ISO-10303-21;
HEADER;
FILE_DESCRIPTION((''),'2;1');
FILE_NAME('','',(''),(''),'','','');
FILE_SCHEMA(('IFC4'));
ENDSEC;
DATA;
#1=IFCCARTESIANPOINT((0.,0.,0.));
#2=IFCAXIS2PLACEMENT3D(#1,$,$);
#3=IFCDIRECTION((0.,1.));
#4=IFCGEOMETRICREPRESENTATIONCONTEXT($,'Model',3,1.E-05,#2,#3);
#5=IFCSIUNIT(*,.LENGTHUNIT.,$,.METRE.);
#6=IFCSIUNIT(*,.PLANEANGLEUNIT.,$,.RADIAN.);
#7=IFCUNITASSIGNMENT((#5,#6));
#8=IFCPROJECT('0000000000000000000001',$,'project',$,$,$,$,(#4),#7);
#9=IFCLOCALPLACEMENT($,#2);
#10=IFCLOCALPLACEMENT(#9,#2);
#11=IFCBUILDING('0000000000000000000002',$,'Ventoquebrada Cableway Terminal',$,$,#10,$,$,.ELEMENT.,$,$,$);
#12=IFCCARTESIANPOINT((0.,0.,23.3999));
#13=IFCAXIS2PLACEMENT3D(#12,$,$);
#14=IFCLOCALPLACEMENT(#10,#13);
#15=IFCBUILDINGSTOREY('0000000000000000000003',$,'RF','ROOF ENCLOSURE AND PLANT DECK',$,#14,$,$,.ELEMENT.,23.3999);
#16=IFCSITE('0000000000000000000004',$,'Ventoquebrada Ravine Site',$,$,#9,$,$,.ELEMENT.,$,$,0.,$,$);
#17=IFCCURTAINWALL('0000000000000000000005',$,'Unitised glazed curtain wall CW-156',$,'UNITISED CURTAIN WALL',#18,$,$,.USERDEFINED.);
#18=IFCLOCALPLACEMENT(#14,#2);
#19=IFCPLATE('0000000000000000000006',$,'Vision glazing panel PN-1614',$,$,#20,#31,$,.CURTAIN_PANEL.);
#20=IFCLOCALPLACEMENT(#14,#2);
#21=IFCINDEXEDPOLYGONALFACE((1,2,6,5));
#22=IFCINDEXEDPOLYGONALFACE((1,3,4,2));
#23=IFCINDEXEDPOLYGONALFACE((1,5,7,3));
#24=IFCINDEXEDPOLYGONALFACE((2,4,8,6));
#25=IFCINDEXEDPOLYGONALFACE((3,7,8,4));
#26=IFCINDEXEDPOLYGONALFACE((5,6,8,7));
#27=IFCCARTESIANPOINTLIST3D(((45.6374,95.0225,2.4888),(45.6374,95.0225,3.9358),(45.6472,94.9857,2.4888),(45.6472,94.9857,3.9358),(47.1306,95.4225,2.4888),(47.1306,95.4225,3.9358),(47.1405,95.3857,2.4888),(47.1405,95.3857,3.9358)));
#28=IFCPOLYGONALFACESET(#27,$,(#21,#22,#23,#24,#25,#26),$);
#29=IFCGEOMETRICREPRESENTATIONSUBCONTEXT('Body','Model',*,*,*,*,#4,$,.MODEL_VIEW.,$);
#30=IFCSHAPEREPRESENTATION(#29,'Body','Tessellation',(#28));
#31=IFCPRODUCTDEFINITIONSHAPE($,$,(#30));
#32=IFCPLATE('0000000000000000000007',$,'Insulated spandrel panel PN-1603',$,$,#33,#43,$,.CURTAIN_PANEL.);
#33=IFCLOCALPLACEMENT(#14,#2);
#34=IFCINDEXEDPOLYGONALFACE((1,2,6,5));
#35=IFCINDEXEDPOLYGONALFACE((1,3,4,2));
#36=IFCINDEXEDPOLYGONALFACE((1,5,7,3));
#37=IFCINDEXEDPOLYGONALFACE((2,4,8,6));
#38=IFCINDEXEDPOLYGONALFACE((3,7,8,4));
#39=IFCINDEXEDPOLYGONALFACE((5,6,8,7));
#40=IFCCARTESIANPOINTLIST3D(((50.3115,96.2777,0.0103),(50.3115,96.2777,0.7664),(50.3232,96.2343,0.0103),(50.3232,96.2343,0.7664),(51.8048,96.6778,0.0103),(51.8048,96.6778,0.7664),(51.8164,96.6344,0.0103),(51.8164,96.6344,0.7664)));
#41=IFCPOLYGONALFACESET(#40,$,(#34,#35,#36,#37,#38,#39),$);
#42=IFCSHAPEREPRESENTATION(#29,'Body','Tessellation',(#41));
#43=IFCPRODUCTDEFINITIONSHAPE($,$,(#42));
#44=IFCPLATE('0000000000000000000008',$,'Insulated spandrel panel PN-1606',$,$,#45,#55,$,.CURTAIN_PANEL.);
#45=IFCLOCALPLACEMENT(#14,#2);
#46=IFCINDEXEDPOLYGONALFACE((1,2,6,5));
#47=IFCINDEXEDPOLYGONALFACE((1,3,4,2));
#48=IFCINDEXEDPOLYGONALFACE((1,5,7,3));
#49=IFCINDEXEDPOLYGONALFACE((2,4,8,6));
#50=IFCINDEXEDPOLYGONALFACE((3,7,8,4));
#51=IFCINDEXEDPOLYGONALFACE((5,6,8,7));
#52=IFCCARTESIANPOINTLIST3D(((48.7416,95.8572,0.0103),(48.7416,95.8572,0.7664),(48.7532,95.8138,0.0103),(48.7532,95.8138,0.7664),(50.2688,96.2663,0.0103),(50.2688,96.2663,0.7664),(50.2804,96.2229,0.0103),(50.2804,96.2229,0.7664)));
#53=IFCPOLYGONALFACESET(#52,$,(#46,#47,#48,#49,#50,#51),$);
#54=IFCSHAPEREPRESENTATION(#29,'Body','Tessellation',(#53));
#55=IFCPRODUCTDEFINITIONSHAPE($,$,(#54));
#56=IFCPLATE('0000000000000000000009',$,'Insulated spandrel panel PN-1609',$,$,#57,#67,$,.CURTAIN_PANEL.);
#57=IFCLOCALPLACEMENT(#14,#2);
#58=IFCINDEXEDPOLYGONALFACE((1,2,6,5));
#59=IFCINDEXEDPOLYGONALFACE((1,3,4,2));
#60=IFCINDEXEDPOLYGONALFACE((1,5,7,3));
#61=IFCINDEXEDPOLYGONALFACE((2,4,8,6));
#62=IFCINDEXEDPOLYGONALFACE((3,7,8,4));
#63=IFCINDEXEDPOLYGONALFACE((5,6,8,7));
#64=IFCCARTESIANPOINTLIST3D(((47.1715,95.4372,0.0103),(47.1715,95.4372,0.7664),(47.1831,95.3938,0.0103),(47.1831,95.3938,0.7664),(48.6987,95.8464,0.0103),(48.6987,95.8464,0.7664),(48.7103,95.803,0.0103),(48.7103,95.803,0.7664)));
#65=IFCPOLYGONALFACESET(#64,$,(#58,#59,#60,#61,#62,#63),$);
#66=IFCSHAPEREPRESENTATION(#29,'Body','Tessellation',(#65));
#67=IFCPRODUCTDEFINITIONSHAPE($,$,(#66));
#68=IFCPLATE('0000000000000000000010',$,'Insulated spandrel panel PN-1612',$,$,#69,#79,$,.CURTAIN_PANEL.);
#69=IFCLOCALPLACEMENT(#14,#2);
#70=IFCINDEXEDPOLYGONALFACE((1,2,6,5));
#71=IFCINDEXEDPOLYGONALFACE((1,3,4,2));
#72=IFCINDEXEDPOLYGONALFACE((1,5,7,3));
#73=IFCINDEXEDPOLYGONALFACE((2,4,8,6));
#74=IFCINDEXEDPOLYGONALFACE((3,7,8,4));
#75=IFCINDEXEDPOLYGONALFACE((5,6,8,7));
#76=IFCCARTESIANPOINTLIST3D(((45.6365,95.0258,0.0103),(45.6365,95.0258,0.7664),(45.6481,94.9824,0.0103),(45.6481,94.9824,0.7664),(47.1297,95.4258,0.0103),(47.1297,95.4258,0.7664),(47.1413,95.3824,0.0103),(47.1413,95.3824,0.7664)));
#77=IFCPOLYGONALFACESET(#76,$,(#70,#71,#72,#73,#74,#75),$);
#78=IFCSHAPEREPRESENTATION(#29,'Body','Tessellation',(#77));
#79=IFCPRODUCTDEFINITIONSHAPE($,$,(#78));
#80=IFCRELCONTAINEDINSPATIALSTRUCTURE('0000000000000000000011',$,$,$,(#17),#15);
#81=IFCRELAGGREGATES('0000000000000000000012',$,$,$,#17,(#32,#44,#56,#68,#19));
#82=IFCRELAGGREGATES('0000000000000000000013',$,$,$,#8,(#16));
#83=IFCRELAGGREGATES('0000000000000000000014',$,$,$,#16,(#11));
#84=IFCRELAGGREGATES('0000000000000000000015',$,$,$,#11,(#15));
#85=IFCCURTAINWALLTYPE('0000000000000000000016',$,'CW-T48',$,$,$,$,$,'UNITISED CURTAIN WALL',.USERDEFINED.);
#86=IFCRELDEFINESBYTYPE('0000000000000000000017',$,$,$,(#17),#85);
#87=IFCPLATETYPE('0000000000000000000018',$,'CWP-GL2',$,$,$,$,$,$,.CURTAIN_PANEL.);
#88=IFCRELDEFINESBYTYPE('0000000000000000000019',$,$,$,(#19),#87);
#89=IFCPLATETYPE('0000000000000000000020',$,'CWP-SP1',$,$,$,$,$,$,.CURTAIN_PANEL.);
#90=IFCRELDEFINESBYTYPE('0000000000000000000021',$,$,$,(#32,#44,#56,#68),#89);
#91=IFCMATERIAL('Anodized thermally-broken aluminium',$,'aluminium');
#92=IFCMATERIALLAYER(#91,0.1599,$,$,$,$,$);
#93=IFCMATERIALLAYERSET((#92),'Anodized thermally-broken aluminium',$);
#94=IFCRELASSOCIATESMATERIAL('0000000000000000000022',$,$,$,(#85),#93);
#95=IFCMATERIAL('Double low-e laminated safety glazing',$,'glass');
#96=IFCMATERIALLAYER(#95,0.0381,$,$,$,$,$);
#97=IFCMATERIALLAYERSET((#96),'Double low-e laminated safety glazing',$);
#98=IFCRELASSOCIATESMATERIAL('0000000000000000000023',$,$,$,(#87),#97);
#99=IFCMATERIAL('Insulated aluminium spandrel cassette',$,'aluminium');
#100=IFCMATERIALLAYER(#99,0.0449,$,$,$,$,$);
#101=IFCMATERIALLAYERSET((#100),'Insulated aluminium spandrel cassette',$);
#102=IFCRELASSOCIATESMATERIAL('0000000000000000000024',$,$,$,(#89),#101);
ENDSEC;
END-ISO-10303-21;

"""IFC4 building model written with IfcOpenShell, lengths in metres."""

from ifc_helpers import new_model, si_unit, direction, frame, origin, origin_2d, place, context, subcontext, project, spatial, rectangle, extrude, material, layer, layer_set, type_object, element, aggregate, save


model = new_model("IFC4")

# Units and contexts
model_context = context("Model", 3, precision=1e-05, world=origin(), true_north=direction((0.0, 1.0)))
body_context = subcontext(model_context, "Body", "Model", "MODEL_VIEW")
ifc_project = project(units=[si_unit("LENGTHUNIT", "METRE"), si_unit("PLANEANGLEUNIT", "RADIAN")], contexts=[model_context])

# Site, building, storey
site_placement = place(None, origin())
site = spatial("IfcSite", under=ifc_project, at=site_placement, Name="Ventoquebrada Ravine Site", CompositionType="ELEMENT", RefElevation=0.0)
building_placement = place(site_placement, origin())
building = spatial("IfcBuilding", under=site, at=building_placement, Name="Ventoquebrada Cableway Terminal", CompositionType="ELEMENT")
storey_placement = place(building_placement, frame((0.0, 0.0, 23.3999)))
storey = spatial("IfcBuildingStorey", under=building, at=storey_placement, Name="RF", Description="ROOF ENCLOSURE AND PLANT DECK", CompositionType="ELEMENT", Elevation=23.3999)

# Curtain wall
ifc_material_1 = material(Name="Anodized thermally-broken aluminium", Category="aluminium")
ifc_layer_1 = layer(ifc_material_1, 0.1599)
ifc_layer_set_1 = layer_set([ifc_layer_1], Name="Anodized thermally-broken aluminium")
curtain_wall_type = type_object("IfcCurtainWallType", Name="CW-T48", ElementType="UNITISED CURTAIN WALL", PredefinedType="USERDEFINED", material=ifc_layer_set_1)
curtain_wall_placement = place(storey_placement, origin())
curtain_wall = element("IfcCurtainWall", 1, at=curtain_wall_placement, inside=storey, type_object=curtain_wall_type, Name="Unitised glazed curtain wall CW-156", ObjectType="UNITISED CURTAIN WALL", PredefinedType="USERDEFINED")

# Plates
ifc_material_2 = material(Name="Double low-e laminated safety glazing", Category="glass")
ifc_layer_2 = layer(ifc_material_2, 0.0381)
ifc_layer_set_2 = layer_set([ifc_layer_2], Name="Double low-e laminated safety glazing")
plate_type_1 = type_object("IfcPlateType", Name="CWP-GL2", PredefinedType="CURTAIN_PANEL", material=ifc_layer_set_2)
plate_1_placement = place(storey_placement, frame((46.3889, 95.2041, 2.4888), z_axis=(0.0, 0.0, 1.0), x_axis=(-0.965935, -0.258785, 0.0)))
plate_1 = element("IfcPlate", 2, at=plate_1_placement, type_object=plate_type_1, Name="Vision glazing panel PN-1614", PredefinedType="CURTAIN_PANEL", context=body_context, shape_type="SweptSolid", body=[
    extrude(rectangle(XDim=1.5459, YDim=0.0381, at=origin_2d()), origin(), (0.0, 0.0, 1.0), 1.447),
])
ifc_material_3 = material(Name="Insulated aluminium spandrel cassette", Category="aluminium")
ifc_layer_3 = layer(ifc_material_3, 0.0449)
ifc_layer_set_3 = layer_set([ifc_layer_3], Name="Insulated aluminium spandrel cassette")
plate_type_2 = type_object("IfcPlateType", Name="CWP-SP1", PredefinedType="CURTAIN_PANEL", material=ifc_layer_set_3)
plate_2_placement = place(storey_placement, frame((51.064, 96.4561, 0.0103), z_axis=(0.0, 0.0, 1.0), x_axis=(-0.965935, -0.258785, 0.0)))
plate_2 = element("IfcPlate", 3, at=plate_2_placement, type_object=plate_type_2, Name="Insulated spandrel panel PN-1603", PredefinedType="CURTAIN_PANEL", context=body_context, shape_type="SweptSolid", body=[
    extrude(rectangle(XDim=1.5459, YDim=0.0449, at=origin_2d()), origin(), (0.0, 0.0, 1.0), 0.7561),
])
plate_3_placement = place(storey_placement, frame((49.511, 96.04, 0.0103), z_axis=(0.0, 0.0, 1.0), x_axis=(-0.965935, -0.258785, 0.0)))
plate_3 = element("IfcPlate", 4, at=plate_3_placement, type_object=plate_type_2, Name="Insulated spandrel panel PN-1606", PredefinedType="CURTAIN_PANEL", context=body_context, shape_type="SweptSolid", body=[
    extrude(rectangle(XDim=1.5811, YDim=0.0449, at=origin_2d()), origin(), (0.0, 0.0, 1.0), 0.7561),
])
plate_4_placement = place(storey_placement, frame((47.9409, 95.6201, 0.0103), z_axis=(0.0, 0.0, 1.0), x_axis=(-0.965935, -0.258785, 0.0)))
plate_4 = element("IfcPlate", 5, at=plate_4_placement, type_object=plate_type_2, Name="Insulated spandrel panel PN-1609", PredefinedType="CURTAIN_PANEL", context=body_context, shape_type="SweptSolid", body=[
    extrude(rectangle(XDim=1.5811, YDim=0.0449, at=origin_2d()), origin(), (0.0, 0.0, 1.0), 0.7561),
])
plate_5_placement = place(storey_placement, frame((46.3889, 95.2041, 0.0103), z_axis=(0.0, 0.0, 1.0), x_axis=(-0.965935, -0.258785, 0.0)))
plate_5 = element("IfcPlate", 6, at=plate_5_placement, type_object=plate_type_2, Name="Insulated spandrel panel PN-1612", PredefinedType="CURTAIN_PANEL", context=body_context, shape_type="SweptSolid", body=[
    extrude(rectangle(XDim=1.5459, YDim=0.0449, at=origin_2d()), origin(), (0.0, 0.0, 1.0), 0.7561),
])
aggregate(curtain_wall, [plate_2, plate_3, plate_4, plate_5, plate_1])

save(model, "model.ifc")
